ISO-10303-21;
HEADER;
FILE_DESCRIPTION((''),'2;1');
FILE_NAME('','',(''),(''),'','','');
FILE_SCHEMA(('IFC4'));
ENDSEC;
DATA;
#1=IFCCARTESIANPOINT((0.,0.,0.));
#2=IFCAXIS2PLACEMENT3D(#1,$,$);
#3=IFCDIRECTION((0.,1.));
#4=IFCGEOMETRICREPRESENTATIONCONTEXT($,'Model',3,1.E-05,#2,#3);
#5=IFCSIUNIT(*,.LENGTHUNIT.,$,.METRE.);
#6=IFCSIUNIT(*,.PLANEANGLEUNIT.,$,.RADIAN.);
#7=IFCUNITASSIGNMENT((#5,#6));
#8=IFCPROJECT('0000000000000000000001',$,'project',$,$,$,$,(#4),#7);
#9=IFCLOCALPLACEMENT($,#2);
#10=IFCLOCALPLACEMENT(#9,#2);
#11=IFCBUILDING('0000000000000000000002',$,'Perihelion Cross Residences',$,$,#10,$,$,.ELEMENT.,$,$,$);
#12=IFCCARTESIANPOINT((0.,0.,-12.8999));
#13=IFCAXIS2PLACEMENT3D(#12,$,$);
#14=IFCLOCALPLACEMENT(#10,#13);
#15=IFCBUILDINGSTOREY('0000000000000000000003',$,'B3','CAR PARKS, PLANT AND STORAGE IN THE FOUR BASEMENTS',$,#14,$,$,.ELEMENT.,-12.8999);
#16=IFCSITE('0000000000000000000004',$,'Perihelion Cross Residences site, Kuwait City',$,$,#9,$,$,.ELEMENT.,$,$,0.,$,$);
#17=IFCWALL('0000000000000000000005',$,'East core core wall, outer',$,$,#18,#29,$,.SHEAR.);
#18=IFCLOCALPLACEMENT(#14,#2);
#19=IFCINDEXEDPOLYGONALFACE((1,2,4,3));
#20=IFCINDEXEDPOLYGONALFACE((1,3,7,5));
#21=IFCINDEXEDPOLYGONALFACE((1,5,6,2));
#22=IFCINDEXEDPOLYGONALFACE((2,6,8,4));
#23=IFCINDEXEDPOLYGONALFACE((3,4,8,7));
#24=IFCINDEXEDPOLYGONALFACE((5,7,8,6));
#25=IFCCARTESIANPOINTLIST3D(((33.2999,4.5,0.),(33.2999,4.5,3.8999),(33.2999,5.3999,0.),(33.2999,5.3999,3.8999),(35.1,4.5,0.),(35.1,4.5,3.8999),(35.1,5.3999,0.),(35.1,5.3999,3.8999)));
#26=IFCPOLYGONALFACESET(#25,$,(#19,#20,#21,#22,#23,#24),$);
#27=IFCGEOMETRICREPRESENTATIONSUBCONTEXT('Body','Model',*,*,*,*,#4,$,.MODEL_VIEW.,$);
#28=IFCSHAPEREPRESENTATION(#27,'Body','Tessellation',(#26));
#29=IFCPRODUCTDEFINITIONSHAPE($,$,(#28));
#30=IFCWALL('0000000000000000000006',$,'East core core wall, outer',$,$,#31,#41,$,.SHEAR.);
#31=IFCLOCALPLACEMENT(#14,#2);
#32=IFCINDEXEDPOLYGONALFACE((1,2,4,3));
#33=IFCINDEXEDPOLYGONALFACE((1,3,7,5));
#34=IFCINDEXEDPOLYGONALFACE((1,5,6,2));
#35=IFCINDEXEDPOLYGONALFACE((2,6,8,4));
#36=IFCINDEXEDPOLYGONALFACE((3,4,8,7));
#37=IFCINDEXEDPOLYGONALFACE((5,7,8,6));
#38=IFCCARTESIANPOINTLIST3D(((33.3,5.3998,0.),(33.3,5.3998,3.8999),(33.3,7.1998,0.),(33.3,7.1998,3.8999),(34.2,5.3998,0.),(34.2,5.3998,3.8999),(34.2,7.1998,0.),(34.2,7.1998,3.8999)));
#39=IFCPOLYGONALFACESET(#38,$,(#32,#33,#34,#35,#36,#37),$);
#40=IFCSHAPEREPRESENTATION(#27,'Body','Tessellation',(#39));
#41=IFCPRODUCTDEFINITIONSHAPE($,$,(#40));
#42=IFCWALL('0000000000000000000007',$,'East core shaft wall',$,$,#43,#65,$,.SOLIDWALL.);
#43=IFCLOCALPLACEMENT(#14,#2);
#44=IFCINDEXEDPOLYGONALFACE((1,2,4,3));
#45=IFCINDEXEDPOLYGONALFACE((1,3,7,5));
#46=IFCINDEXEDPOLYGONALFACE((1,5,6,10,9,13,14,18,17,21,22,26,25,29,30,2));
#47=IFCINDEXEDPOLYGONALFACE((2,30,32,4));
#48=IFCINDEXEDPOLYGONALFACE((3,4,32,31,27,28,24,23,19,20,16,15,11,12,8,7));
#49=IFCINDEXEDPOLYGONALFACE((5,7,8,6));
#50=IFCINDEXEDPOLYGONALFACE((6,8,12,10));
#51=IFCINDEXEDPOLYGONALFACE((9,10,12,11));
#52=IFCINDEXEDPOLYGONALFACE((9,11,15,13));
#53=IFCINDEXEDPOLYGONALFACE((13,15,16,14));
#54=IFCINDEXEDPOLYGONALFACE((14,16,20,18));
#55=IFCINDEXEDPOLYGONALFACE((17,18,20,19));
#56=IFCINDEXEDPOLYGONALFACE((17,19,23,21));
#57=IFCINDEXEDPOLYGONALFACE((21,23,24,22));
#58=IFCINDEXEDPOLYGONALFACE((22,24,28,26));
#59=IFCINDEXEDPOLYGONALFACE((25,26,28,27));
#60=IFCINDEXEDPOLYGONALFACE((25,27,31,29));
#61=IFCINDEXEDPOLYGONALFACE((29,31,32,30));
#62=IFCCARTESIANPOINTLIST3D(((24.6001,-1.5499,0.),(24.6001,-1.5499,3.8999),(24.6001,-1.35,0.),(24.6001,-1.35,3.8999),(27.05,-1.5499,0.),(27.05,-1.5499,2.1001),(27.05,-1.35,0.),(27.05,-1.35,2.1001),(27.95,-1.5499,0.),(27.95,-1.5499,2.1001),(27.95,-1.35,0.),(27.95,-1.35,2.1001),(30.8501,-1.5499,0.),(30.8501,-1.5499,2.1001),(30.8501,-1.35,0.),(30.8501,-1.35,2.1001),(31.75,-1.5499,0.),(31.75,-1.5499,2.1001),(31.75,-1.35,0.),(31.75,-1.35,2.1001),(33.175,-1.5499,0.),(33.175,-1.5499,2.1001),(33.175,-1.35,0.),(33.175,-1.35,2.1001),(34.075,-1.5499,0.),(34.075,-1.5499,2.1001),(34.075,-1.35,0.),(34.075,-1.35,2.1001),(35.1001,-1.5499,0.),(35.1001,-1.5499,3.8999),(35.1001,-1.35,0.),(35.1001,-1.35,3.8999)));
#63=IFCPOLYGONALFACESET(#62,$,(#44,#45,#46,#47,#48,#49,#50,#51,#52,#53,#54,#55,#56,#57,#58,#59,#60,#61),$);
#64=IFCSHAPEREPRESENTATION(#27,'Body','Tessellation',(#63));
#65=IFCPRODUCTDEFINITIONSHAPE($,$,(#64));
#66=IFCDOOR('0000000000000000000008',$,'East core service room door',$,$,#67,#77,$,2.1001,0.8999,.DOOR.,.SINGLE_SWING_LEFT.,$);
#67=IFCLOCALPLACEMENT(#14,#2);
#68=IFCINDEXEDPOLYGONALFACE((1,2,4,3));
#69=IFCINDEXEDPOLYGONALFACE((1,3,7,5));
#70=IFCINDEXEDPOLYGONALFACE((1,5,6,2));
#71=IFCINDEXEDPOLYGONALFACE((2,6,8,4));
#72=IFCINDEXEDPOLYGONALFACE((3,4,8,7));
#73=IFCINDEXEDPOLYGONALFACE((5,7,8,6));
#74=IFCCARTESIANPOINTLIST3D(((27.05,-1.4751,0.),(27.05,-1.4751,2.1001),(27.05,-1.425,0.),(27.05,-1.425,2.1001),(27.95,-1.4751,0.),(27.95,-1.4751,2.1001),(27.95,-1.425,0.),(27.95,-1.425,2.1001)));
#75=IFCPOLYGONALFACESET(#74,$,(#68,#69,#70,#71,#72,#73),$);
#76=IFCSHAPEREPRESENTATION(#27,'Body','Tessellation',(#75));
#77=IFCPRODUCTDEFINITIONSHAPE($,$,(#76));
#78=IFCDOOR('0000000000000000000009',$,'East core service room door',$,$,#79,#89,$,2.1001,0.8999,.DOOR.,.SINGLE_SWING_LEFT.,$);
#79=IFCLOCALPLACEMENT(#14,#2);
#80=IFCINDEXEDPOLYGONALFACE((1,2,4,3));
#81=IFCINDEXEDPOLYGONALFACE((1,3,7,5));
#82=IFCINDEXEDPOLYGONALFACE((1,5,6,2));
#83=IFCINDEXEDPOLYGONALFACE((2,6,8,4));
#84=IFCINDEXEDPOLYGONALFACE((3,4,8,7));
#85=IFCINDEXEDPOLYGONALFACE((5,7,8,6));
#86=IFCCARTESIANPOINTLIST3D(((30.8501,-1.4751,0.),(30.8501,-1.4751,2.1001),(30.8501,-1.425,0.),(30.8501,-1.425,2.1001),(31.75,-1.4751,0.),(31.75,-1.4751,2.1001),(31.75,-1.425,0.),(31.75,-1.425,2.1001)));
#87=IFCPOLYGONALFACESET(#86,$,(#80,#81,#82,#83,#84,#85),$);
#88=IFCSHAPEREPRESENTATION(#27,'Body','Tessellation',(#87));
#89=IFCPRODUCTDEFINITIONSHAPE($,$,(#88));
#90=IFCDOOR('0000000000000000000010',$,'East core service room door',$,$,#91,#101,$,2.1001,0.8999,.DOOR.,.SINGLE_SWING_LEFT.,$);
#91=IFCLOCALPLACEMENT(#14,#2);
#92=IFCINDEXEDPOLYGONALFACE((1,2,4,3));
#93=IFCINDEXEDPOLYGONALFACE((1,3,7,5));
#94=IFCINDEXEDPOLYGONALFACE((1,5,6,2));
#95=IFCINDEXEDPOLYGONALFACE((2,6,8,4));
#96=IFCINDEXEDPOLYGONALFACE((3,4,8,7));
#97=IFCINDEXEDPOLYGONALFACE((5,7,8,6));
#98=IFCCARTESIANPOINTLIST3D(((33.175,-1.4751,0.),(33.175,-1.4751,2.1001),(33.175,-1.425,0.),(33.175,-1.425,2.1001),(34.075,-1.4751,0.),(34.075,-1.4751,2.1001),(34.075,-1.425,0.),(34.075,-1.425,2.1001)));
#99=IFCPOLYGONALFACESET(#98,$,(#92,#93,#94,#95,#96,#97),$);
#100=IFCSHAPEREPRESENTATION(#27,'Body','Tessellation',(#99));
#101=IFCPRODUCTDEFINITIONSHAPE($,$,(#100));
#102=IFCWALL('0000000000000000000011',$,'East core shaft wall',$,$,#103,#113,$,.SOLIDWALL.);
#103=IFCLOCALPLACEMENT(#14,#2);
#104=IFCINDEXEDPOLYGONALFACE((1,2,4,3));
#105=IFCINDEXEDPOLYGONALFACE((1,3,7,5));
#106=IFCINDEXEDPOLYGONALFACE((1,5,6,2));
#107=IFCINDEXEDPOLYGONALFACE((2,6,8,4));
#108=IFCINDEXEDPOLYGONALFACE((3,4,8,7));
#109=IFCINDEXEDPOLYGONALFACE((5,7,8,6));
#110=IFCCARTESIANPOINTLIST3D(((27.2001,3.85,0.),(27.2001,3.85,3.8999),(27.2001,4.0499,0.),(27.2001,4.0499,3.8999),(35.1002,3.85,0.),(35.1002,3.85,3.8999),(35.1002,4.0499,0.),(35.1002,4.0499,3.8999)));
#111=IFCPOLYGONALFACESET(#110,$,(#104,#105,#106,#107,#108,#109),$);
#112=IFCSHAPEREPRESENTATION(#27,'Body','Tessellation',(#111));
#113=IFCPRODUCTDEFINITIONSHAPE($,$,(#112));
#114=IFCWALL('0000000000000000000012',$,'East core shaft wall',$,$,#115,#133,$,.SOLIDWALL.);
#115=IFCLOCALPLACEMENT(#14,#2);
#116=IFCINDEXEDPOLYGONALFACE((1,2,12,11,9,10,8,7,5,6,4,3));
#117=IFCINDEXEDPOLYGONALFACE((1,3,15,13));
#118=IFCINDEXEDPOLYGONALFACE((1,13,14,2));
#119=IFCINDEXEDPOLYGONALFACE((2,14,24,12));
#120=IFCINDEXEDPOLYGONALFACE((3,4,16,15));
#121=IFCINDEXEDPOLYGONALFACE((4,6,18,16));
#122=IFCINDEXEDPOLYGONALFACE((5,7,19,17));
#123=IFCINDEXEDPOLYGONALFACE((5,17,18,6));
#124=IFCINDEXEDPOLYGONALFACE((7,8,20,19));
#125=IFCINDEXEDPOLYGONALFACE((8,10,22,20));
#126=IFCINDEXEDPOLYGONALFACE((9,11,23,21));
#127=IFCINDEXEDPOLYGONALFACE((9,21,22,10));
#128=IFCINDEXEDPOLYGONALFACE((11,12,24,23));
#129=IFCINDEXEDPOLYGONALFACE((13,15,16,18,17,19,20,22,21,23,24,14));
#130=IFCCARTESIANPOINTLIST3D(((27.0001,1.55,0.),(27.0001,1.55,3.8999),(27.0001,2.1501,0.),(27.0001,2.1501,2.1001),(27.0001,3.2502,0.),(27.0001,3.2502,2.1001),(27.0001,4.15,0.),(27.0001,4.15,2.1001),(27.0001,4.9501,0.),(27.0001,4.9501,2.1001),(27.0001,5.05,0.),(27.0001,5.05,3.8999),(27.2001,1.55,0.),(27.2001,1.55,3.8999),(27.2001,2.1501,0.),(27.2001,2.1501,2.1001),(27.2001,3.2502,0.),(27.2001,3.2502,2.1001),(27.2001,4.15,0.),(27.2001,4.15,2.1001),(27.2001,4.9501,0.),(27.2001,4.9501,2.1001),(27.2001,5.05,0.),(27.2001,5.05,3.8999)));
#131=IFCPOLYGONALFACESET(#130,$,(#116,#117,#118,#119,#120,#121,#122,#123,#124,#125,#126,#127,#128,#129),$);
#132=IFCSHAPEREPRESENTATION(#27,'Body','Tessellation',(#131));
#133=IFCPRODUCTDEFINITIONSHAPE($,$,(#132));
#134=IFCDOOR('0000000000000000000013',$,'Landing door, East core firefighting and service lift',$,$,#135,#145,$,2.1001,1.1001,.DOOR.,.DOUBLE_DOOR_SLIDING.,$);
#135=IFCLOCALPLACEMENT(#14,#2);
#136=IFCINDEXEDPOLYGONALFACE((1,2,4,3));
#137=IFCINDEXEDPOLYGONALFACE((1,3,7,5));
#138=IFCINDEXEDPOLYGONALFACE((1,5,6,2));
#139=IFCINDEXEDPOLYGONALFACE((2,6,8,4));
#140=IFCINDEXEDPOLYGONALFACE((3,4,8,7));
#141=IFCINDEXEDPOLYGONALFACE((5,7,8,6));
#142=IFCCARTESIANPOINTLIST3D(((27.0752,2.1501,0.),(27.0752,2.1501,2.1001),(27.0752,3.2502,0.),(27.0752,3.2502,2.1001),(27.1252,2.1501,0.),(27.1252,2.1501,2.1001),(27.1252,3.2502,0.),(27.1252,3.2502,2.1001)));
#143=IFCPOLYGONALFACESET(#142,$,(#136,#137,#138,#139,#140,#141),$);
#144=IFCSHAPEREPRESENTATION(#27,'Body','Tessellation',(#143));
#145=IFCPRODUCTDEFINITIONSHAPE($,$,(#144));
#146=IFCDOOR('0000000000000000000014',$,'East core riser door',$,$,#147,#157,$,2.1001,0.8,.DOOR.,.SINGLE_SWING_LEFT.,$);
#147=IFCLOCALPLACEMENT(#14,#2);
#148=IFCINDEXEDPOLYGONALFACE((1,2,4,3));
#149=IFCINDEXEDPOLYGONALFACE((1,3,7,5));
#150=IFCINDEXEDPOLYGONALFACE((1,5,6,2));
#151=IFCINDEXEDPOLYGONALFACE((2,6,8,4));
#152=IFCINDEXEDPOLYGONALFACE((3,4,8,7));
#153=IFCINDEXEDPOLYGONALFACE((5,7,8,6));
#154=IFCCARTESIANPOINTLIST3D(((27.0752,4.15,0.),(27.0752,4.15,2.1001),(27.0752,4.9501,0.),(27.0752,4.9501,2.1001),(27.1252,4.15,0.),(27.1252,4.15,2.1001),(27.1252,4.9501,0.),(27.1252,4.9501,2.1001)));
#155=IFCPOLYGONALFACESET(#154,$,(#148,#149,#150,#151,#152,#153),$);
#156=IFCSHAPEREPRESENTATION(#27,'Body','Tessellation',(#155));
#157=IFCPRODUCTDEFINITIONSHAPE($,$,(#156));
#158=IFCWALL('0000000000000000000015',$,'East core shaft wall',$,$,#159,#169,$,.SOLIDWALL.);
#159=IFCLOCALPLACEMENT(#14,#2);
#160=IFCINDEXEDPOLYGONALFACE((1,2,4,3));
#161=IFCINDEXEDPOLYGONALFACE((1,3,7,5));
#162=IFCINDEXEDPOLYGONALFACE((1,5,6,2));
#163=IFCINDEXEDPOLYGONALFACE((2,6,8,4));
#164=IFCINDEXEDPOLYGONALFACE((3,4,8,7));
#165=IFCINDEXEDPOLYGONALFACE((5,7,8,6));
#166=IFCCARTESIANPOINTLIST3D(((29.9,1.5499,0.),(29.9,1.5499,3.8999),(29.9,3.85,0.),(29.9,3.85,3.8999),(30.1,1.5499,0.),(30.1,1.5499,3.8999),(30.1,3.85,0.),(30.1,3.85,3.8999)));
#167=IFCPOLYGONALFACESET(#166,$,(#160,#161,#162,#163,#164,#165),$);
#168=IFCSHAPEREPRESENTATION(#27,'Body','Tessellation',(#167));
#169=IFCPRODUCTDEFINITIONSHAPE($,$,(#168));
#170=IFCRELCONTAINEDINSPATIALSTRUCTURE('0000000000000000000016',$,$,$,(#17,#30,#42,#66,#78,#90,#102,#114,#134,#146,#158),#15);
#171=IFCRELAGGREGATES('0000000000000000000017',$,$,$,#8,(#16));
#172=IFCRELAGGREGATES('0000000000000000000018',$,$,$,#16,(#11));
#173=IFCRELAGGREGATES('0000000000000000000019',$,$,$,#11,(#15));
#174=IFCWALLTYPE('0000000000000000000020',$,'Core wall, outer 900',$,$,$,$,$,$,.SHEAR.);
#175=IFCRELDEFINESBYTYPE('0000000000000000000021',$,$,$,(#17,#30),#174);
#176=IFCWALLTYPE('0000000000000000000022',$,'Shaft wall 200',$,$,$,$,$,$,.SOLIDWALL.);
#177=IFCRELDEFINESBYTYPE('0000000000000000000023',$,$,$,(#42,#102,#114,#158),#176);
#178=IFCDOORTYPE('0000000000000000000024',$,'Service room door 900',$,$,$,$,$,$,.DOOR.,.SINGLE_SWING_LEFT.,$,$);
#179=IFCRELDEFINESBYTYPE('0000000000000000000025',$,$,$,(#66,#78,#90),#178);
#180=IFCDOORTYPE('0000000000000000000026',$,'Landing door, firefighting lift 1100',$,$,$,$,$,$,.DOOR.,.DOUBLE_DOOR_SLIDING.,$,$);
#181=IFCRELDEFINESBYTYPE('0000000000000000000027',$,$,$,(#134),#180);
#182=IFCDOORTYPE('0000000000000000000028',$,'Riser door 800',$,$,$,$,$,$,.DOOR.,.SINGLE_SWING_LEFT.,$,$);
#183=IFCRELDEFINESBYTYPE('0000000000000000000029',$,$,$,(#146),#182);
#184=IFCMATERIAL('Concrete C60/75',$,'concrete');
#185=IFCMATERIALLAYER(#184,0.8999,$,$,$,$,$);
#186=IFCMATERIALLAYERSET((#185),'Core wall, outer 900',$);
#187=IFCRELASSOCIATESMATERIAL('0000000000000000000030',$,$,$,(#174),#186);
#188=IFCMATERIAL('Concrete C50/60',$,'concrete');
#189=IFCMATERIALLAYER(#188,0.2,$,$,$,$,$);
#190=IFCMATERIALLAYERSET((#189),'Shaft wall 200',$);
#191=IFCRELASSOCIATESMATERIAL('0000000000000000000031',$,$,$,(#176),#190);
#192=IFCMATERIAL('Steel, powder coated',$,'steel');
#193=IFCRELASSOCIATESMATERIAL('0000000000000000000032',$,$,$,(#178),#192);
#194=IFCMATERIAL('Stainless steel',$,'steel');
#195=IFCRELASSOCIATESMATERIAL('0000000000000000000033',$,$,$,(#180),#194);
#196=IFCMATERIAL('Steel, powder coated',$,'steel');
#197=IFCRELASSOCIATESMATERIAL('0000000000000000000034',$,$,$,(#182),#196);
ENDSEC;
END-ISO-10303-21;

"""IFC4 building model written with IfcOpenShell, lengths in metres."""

from ifc_helpers import new_model, si_unit, direction, frame, frame_2d, origin, place, context, subcontext, project, spatial, rectangle, extrude, material, layer, layer_set, type_object, element, fill, save


model = new_model("IFC4")

# Units and contexts
model_context = context("Model", 3, precision=1e-05, world=origin(), true_north=direction((0.0, 1.0)))
body_context = subcontext(model_context, "Body", "Model", "MODEL_VIEW")
ifc_project = project(units=[si_unit("LENGTHUNIT", "METRE"), si_unit("PLANEANGLEUNIT", "RADIAN")], contexts=[model_context])

# Site, building, storey
site_placement = place(None, origin())
site = spatial("IfcSite", under=ifc_project, at=site_placement, Name="Perihelion Cross Residences site, Kuwait City", CompositionType="ELEMENT", RefElevation=0.0)
building_placement = place(site_placement, origin())
building = spatial("IfcBuilding", under=site, at=building_placement, Name="Perihelion Cross Residences", CompositionType="ELEMENT")
storey_placement = place(building_placement, frame((0.0, 0.0, -12.8999)))
storey = spatial("IfcBuildingStorey", under=building, at=storey_placement, Name="B3", Description="CAR PARKS, PLANT AND STORAGE IN THE FOUR BASEMENTS", CompositionType="ELEMENT", Elevation=-12.8999)

# Walls
ifc_material_1 = material(Name="Concrete C60/75", Category="concrete")
ifc_layer_1 = layer(ifc_material_1, 0.8999)
ifc_layer_set_1 = layer_set([ifc_layer_1], Name="Core wall, outer 900")
wall_type_1 = type_object("IfcWallType", Name="Core wall, outer 900", PredefinedType="SHEAR", material=ifc_layer_set_1)
for number, where, z_axis, x_axis, name in (
    (1, (33.3, 4.95, 0.0), (0.0, 0.0, 1.0), (1.0, 0.0, 0.0), "East core core wall, outer"),
    (2, (33.75, 5.3999, 0.0), (0.0, 0.0, 1.0), (0.0, 1.0, 0.0), "East core core wall, outer"),
):
    element("IfcWall", number, at=place(storey_placement, frame(where, z_axis=z_axis, x_axis=x_axis)), inside=storey, type_object=wall_type_1, Name=name, PredefinedType="SHEAR", context=body_context, shape_type="SweptSolid", body=[
        extrude(rectangle(XDim=1.8, YDim=0.8999, at=frame_2d((0.8999, 0.0))), origin(), (0.0, 0.0, 1.0), 3.8999),
    ])

# Wall, openings, doors
ifc_material_2 = material(Name="Concrete C50/60", Category="concrete")
ifc_layer_2 = layer(ifc_material_2, 0.2)
ifc_layer_set_2 = layer_set([ifc_layer_2], Name="Shaft wall 200")
wall_type_2 = type_object("IfcWallType", Name="Shaft wall 200", PredefinedType="SOLIDWALL", material=ifc_layer_set_2)
wall_1_placement = place(storey_placement, frame((24.6001, -1.45, 0.0), z_axis=(0.0, 0.0, 1.0), x_axis=(1.0, 0.0, 0.0)))
wall_1 = element("IfcWall", 3, at=wall_1_placement, inside=storey, type_object=wall_type_2, Name="East core shaft wall", PredefinedType="SOLIDWALL", context=body_context, shape_type="SweptSolid", body=[
    extrude(rectangle(XDim=10.5, YDim=0.2, at=frame_2d((5.25, 0.0))), origin(), (0.0, 0.0, 1.0), 3.8999),
])
opening_1_placement = place(wall_1_placement, frame((2.45, 0.0, 0.0)))
opening_1 = element("IfcOpeningElement", 4, at=opening_1_placement, cuts=wall_1, PredefinedType="OPENING", context=body_context, shape_type="SweptSolid", body=[
    extrude(rectangle(XDim=0.8999, YDim=2.1001, at=frame_2d((0.45, 1.05))), frame((0.0, 0.1099, 0.0), z_axis=(0.0, -1.0, 0.0), x_axis=(1.0, 0.0, 0.0)), (0.0, 0.0, 1.0), 0.22),
])
opening_2_placement = place(wall_1_placement, frame((6.25, 0.0, 0.0)))
opening_2 = element("IfcOpeningElement", 5, at=opening_2_placement, cuts=wall_1, PredefinedType="OPENING", context=body_context, shape_type="SweptSolid", body=[
    extrude(rectangle(XDim=0.8999, YDim=2.1001, at=frame_2d((0.45, 1.05))), frame((0.0, 0.1099, 0.0), z_axis=(0.0, -1.0, 0.0), x_axis=(1.0, 0.0, 0.0)), (0.0, 0.0, 1.0), 0.22),
])
opening_3_placement = place(wall_1_placement, frame((8.575, 0.0, 0.0)))
opening_3 = element("IfcOpeningElement", 6, at=opening_3_placement, cuts=wall_1, PredefinedType="OPENING", context=body_context, shape_type="SweptSolid", body=[
    extrude(rectangle(XDim=0.8999, YDim=2.1001, at=frame_2d((0.45, 1.05))), frame((0.0, 0.1099, 0.0), z_axis=(0.0, -1.0, 0.0), x_axis=(1.0, 0.0, 0.0)), (0.0, 0.0, 1.0), 0.22),
])
ifc_material_3 = material(Name="Steel, powder coated", Category="steel")
door_type_1 = type_object("IfcDoorType", Name="Service room door 900", OperationType="SINGLE_SWING_LEFT", PredefinedType="DOOR", material=ifc_material_3)
door_1_placement = place(opening_1_placement, origin())
door_1 = element("IfcDoor", 7, at=door_1_placement, inside=storey, type_object=door_type_1, Name="East core service room door", OperationType="SINGLE_SWING_LEFT", OverallHeight=2.1001, OverallWidth=0.8999, PredefinedType="DOOR", context=body_context, shape_type="SweptSolid", body=[
    extrude(rectangle(XDim=0.8999, YDim=2.1001, at=frame_2d((0.45, 1.05))), frame((0.0, 0.0249, 0.0), z_axis=(0.0, -1.0, 0.0), x_axis=(1.0, 0.0, 0.0)), (0.0, 0.0, 1.0), 0.05),
])
fill(opening_1, door_1)
door_2_placement = place(opening_2_placement, origin())
door_2 = element("IfcDoor", 8, at=door_2_placement, inside=storey, type_object=door_type_1, Name="East core service room door", OperationType="SINGLE_SWING_LEFT", OverallHeight=2.1001, OverallWidth=0.8999, PredefinedType="DOOR", context=body_context, shape_type="SweptSolid", body=[
    extrude(rectangle(XDim=0.8999, YDim=2.1001, at=frame_2d((0.45, 1.05))), frame((0.0, 0.0249, 0.0), z_axis=(0.0, -1.0, 0.0), x_axis=(1.0, 0.0, 0.0)), (0.0, 0.0, 1.0), 0.05),
])
fill(opening_2, door_2)
door_3_placement = place(opening_3_placement, origin())
door_3 = element("IfcDoor", 9, at=door_3_placement, inside=storey, type_object=door_type_1, Name="East core service room door", OperationType="SINGLE_SWING_LEFT", OverallHeight=2.1001, OverallWidth=0.8999, PredefinedType="DOOR", context=body_context, shape_type="SweptSolid", body=[
    extrude(rectangle(XDim=0.8999, YDim=2.1001, at=frame_2d((0.45, 1.05))), frame((0.0, 0.0249, 0.0), z_axis=(0.0, -1.0, 0.0), x_axis=(1.0, 0.0, 0.0)), (0.0, 0.0, 1.0), 0.05),
])
fill(opening_3, door_3)

# Wall
wall_2_placement = place(storey_placement, frame((27.2, 3.95, 0.0), z_axis=(0.0, 0.0, 1.0), x_axis=(1.0, 0.0, 0.0)))
element("IfcWall", 10, at=wall_2_placement, inside=storey, type_object=wall_type_2, Name="East core shaft wall", PredefinedType="SOLIDWALL", context=body_context, shape_type="SweptSolid", body=[
    extrude(rectangle(XDim=7.9001, YDim=0.2, at=frame_2d((3.9502, 0.0))), origin(), (0.0, 0.0, 1.0), 3.8999),
])

# Wall, openings, doors
wall_3_placement = place(storey_placement, frame((27.1001, 1.55, 0.0), z_axis=(0.0, 0.0, 1.0), x_axis=(0.0, 1.0, 0.0)))
wall_3 = element("IfcWall", 11, at=wall_3_placement, inside=storey, type_object=wall_type_2, Name="East core shaft wall", PredefinedType="SOLIDWALL", context=body_context, shape_type="SweptSolid", body=[
    extrude(rectangle(XDim=3.5, YDim=0.2, at=frame_2d((1.75, 0.0))), origin(), (0.0, 0.0, 1.0), 3.8999),
])
opening_4_placement = place(wall_3_placement, frame((0.6001, 0.0, 0.0)))
opening_4 = element("IfcOpeningElement", 12, at=opening_4_placement, cuts=wall_3, PredefinedType="OPENING", context=body_context, shape_type="SweptSolid", body=[
    extrude(rectangle(XDim=1.1001, YDim=2.1001, at=frame_2d((0.55, 1.05))), frame((0.0, 0.1099, 0.0), z_axis=(0.0, -1.0, 0.0), x_axis=(1.0, 0.0, 0.0)), (0.0, 0.0, 1.0), 0.22),
])
opening_5_placement = place(wall_3_placement, frame((2.6001, 0.0, 0.0)))
opening_5 = element("IfcOpeningElement", 13, at=opening_5_placement, cuts=wall_3, PredefinedType="OPENING", context=body_context, shape_type="SweptSolid", body=[
    extrude(rectangle(XDim=0.8, YDim=2.1001, at=frame_2d((0.3999, 1.05))), frame((0.0, 0.1099, 0.0), z_axis=(0.0, -1.0, 0.0), x_axis=(1.0, 0.0, 0.0)), (0.0, 0.0, 1.0), 0.22),
])
ifc_material_4 = material(Name="Stainless steel", Category="steel")
door_type_2 = type_object("IfcDoorType", Name="Landing door, firefighting lift 1100", OperationType="DOUBLE_DOOR_SLIDING", PredefinedType="DOOR", material=ifc_material_4)
door_4_placement = place(opening_4_placement, origin())
door_4 = element("IfcDoor", 14, at=door_4_placement, inside=storey, type_object=door_type_2, Name="Landing door, East core firefighting and service lift", OperationType="DOUBLE_DOOR_SLIDING", OverallHeight=2.1001, OverallWidth=1.1001, PredefinedType="DOOR", context=body_context, shape_type="SweptSolid", body=[
    extrude(rectangle(XDim=1.1001, YDim=2.1001, at=frame_2d((0.55, 1.05))), frame((0.0, 0.0249, 0.0), z_axis=(0.0, -1.0, 0.0), x_axis=(1.0, 0.0, 0.0)), (0.0, 0.0, 1.0), 0.05),
])
fill(opening_4, door_4)
ifc_material_5 = material(Name="Steel, powder coated", Category="steel")
door_type_3 = type_object("IfcDoorType", Name="Riser door 800", OperationType="SINGLE_SWING_LEFT", PredefinedType="DOOR", material=ifc_material_5)
door_5_placement = place(opening_5_placement, origin())
door_5 = element("IfcDoor", 15, at=door_5_placement, inside=storey, type_object=door_type_3, Name="East core riser door", OperationType="SINGLE_SWING_LEFT", OverallHeight=2.1001, OverallWidth=0.8, PredefinedType="DOOR", context=body_context, shape_type="SweptSolid", body=[
    extrude(rectangle(XDim=0.8, YDim=2.1001, at=frame_2d((0.3999, 1.05))), frame((0.0, 0.0249, 0.0), z_axis=(0.0, -1.0, 0.0), x_axis=(1.0, 0.0, 0.0)), (0.0, 0.0, 1.0), 0.05),
])
fill(opening_5, door_5)

# Wall
for number, where, z_axis, x_axis, name in (
    (16, (30.0, 1.55, 0.0), (0.0, 0.0, 1.0), (0.0, 1.0, 0.0), "East core shaft wall"),
):
    element("IfcWall", number, at=place(storey_placement, frame(where, z_axis=z_axis, x_axis=x_axis)), inside=storey, type_object=wall_type_2, Name=name, PredefinedType="SOLIDWALL", context=body_context, shape_type="SweptSolid", body=[
        extrude(rectangle(XDim=2.3, YDim=0.2, at=frame_2d((1.1499, 0.0))), origin(), (0.0, 0.0, 1.0), 3.8999),
    ])

save(model, "model.ifc")
